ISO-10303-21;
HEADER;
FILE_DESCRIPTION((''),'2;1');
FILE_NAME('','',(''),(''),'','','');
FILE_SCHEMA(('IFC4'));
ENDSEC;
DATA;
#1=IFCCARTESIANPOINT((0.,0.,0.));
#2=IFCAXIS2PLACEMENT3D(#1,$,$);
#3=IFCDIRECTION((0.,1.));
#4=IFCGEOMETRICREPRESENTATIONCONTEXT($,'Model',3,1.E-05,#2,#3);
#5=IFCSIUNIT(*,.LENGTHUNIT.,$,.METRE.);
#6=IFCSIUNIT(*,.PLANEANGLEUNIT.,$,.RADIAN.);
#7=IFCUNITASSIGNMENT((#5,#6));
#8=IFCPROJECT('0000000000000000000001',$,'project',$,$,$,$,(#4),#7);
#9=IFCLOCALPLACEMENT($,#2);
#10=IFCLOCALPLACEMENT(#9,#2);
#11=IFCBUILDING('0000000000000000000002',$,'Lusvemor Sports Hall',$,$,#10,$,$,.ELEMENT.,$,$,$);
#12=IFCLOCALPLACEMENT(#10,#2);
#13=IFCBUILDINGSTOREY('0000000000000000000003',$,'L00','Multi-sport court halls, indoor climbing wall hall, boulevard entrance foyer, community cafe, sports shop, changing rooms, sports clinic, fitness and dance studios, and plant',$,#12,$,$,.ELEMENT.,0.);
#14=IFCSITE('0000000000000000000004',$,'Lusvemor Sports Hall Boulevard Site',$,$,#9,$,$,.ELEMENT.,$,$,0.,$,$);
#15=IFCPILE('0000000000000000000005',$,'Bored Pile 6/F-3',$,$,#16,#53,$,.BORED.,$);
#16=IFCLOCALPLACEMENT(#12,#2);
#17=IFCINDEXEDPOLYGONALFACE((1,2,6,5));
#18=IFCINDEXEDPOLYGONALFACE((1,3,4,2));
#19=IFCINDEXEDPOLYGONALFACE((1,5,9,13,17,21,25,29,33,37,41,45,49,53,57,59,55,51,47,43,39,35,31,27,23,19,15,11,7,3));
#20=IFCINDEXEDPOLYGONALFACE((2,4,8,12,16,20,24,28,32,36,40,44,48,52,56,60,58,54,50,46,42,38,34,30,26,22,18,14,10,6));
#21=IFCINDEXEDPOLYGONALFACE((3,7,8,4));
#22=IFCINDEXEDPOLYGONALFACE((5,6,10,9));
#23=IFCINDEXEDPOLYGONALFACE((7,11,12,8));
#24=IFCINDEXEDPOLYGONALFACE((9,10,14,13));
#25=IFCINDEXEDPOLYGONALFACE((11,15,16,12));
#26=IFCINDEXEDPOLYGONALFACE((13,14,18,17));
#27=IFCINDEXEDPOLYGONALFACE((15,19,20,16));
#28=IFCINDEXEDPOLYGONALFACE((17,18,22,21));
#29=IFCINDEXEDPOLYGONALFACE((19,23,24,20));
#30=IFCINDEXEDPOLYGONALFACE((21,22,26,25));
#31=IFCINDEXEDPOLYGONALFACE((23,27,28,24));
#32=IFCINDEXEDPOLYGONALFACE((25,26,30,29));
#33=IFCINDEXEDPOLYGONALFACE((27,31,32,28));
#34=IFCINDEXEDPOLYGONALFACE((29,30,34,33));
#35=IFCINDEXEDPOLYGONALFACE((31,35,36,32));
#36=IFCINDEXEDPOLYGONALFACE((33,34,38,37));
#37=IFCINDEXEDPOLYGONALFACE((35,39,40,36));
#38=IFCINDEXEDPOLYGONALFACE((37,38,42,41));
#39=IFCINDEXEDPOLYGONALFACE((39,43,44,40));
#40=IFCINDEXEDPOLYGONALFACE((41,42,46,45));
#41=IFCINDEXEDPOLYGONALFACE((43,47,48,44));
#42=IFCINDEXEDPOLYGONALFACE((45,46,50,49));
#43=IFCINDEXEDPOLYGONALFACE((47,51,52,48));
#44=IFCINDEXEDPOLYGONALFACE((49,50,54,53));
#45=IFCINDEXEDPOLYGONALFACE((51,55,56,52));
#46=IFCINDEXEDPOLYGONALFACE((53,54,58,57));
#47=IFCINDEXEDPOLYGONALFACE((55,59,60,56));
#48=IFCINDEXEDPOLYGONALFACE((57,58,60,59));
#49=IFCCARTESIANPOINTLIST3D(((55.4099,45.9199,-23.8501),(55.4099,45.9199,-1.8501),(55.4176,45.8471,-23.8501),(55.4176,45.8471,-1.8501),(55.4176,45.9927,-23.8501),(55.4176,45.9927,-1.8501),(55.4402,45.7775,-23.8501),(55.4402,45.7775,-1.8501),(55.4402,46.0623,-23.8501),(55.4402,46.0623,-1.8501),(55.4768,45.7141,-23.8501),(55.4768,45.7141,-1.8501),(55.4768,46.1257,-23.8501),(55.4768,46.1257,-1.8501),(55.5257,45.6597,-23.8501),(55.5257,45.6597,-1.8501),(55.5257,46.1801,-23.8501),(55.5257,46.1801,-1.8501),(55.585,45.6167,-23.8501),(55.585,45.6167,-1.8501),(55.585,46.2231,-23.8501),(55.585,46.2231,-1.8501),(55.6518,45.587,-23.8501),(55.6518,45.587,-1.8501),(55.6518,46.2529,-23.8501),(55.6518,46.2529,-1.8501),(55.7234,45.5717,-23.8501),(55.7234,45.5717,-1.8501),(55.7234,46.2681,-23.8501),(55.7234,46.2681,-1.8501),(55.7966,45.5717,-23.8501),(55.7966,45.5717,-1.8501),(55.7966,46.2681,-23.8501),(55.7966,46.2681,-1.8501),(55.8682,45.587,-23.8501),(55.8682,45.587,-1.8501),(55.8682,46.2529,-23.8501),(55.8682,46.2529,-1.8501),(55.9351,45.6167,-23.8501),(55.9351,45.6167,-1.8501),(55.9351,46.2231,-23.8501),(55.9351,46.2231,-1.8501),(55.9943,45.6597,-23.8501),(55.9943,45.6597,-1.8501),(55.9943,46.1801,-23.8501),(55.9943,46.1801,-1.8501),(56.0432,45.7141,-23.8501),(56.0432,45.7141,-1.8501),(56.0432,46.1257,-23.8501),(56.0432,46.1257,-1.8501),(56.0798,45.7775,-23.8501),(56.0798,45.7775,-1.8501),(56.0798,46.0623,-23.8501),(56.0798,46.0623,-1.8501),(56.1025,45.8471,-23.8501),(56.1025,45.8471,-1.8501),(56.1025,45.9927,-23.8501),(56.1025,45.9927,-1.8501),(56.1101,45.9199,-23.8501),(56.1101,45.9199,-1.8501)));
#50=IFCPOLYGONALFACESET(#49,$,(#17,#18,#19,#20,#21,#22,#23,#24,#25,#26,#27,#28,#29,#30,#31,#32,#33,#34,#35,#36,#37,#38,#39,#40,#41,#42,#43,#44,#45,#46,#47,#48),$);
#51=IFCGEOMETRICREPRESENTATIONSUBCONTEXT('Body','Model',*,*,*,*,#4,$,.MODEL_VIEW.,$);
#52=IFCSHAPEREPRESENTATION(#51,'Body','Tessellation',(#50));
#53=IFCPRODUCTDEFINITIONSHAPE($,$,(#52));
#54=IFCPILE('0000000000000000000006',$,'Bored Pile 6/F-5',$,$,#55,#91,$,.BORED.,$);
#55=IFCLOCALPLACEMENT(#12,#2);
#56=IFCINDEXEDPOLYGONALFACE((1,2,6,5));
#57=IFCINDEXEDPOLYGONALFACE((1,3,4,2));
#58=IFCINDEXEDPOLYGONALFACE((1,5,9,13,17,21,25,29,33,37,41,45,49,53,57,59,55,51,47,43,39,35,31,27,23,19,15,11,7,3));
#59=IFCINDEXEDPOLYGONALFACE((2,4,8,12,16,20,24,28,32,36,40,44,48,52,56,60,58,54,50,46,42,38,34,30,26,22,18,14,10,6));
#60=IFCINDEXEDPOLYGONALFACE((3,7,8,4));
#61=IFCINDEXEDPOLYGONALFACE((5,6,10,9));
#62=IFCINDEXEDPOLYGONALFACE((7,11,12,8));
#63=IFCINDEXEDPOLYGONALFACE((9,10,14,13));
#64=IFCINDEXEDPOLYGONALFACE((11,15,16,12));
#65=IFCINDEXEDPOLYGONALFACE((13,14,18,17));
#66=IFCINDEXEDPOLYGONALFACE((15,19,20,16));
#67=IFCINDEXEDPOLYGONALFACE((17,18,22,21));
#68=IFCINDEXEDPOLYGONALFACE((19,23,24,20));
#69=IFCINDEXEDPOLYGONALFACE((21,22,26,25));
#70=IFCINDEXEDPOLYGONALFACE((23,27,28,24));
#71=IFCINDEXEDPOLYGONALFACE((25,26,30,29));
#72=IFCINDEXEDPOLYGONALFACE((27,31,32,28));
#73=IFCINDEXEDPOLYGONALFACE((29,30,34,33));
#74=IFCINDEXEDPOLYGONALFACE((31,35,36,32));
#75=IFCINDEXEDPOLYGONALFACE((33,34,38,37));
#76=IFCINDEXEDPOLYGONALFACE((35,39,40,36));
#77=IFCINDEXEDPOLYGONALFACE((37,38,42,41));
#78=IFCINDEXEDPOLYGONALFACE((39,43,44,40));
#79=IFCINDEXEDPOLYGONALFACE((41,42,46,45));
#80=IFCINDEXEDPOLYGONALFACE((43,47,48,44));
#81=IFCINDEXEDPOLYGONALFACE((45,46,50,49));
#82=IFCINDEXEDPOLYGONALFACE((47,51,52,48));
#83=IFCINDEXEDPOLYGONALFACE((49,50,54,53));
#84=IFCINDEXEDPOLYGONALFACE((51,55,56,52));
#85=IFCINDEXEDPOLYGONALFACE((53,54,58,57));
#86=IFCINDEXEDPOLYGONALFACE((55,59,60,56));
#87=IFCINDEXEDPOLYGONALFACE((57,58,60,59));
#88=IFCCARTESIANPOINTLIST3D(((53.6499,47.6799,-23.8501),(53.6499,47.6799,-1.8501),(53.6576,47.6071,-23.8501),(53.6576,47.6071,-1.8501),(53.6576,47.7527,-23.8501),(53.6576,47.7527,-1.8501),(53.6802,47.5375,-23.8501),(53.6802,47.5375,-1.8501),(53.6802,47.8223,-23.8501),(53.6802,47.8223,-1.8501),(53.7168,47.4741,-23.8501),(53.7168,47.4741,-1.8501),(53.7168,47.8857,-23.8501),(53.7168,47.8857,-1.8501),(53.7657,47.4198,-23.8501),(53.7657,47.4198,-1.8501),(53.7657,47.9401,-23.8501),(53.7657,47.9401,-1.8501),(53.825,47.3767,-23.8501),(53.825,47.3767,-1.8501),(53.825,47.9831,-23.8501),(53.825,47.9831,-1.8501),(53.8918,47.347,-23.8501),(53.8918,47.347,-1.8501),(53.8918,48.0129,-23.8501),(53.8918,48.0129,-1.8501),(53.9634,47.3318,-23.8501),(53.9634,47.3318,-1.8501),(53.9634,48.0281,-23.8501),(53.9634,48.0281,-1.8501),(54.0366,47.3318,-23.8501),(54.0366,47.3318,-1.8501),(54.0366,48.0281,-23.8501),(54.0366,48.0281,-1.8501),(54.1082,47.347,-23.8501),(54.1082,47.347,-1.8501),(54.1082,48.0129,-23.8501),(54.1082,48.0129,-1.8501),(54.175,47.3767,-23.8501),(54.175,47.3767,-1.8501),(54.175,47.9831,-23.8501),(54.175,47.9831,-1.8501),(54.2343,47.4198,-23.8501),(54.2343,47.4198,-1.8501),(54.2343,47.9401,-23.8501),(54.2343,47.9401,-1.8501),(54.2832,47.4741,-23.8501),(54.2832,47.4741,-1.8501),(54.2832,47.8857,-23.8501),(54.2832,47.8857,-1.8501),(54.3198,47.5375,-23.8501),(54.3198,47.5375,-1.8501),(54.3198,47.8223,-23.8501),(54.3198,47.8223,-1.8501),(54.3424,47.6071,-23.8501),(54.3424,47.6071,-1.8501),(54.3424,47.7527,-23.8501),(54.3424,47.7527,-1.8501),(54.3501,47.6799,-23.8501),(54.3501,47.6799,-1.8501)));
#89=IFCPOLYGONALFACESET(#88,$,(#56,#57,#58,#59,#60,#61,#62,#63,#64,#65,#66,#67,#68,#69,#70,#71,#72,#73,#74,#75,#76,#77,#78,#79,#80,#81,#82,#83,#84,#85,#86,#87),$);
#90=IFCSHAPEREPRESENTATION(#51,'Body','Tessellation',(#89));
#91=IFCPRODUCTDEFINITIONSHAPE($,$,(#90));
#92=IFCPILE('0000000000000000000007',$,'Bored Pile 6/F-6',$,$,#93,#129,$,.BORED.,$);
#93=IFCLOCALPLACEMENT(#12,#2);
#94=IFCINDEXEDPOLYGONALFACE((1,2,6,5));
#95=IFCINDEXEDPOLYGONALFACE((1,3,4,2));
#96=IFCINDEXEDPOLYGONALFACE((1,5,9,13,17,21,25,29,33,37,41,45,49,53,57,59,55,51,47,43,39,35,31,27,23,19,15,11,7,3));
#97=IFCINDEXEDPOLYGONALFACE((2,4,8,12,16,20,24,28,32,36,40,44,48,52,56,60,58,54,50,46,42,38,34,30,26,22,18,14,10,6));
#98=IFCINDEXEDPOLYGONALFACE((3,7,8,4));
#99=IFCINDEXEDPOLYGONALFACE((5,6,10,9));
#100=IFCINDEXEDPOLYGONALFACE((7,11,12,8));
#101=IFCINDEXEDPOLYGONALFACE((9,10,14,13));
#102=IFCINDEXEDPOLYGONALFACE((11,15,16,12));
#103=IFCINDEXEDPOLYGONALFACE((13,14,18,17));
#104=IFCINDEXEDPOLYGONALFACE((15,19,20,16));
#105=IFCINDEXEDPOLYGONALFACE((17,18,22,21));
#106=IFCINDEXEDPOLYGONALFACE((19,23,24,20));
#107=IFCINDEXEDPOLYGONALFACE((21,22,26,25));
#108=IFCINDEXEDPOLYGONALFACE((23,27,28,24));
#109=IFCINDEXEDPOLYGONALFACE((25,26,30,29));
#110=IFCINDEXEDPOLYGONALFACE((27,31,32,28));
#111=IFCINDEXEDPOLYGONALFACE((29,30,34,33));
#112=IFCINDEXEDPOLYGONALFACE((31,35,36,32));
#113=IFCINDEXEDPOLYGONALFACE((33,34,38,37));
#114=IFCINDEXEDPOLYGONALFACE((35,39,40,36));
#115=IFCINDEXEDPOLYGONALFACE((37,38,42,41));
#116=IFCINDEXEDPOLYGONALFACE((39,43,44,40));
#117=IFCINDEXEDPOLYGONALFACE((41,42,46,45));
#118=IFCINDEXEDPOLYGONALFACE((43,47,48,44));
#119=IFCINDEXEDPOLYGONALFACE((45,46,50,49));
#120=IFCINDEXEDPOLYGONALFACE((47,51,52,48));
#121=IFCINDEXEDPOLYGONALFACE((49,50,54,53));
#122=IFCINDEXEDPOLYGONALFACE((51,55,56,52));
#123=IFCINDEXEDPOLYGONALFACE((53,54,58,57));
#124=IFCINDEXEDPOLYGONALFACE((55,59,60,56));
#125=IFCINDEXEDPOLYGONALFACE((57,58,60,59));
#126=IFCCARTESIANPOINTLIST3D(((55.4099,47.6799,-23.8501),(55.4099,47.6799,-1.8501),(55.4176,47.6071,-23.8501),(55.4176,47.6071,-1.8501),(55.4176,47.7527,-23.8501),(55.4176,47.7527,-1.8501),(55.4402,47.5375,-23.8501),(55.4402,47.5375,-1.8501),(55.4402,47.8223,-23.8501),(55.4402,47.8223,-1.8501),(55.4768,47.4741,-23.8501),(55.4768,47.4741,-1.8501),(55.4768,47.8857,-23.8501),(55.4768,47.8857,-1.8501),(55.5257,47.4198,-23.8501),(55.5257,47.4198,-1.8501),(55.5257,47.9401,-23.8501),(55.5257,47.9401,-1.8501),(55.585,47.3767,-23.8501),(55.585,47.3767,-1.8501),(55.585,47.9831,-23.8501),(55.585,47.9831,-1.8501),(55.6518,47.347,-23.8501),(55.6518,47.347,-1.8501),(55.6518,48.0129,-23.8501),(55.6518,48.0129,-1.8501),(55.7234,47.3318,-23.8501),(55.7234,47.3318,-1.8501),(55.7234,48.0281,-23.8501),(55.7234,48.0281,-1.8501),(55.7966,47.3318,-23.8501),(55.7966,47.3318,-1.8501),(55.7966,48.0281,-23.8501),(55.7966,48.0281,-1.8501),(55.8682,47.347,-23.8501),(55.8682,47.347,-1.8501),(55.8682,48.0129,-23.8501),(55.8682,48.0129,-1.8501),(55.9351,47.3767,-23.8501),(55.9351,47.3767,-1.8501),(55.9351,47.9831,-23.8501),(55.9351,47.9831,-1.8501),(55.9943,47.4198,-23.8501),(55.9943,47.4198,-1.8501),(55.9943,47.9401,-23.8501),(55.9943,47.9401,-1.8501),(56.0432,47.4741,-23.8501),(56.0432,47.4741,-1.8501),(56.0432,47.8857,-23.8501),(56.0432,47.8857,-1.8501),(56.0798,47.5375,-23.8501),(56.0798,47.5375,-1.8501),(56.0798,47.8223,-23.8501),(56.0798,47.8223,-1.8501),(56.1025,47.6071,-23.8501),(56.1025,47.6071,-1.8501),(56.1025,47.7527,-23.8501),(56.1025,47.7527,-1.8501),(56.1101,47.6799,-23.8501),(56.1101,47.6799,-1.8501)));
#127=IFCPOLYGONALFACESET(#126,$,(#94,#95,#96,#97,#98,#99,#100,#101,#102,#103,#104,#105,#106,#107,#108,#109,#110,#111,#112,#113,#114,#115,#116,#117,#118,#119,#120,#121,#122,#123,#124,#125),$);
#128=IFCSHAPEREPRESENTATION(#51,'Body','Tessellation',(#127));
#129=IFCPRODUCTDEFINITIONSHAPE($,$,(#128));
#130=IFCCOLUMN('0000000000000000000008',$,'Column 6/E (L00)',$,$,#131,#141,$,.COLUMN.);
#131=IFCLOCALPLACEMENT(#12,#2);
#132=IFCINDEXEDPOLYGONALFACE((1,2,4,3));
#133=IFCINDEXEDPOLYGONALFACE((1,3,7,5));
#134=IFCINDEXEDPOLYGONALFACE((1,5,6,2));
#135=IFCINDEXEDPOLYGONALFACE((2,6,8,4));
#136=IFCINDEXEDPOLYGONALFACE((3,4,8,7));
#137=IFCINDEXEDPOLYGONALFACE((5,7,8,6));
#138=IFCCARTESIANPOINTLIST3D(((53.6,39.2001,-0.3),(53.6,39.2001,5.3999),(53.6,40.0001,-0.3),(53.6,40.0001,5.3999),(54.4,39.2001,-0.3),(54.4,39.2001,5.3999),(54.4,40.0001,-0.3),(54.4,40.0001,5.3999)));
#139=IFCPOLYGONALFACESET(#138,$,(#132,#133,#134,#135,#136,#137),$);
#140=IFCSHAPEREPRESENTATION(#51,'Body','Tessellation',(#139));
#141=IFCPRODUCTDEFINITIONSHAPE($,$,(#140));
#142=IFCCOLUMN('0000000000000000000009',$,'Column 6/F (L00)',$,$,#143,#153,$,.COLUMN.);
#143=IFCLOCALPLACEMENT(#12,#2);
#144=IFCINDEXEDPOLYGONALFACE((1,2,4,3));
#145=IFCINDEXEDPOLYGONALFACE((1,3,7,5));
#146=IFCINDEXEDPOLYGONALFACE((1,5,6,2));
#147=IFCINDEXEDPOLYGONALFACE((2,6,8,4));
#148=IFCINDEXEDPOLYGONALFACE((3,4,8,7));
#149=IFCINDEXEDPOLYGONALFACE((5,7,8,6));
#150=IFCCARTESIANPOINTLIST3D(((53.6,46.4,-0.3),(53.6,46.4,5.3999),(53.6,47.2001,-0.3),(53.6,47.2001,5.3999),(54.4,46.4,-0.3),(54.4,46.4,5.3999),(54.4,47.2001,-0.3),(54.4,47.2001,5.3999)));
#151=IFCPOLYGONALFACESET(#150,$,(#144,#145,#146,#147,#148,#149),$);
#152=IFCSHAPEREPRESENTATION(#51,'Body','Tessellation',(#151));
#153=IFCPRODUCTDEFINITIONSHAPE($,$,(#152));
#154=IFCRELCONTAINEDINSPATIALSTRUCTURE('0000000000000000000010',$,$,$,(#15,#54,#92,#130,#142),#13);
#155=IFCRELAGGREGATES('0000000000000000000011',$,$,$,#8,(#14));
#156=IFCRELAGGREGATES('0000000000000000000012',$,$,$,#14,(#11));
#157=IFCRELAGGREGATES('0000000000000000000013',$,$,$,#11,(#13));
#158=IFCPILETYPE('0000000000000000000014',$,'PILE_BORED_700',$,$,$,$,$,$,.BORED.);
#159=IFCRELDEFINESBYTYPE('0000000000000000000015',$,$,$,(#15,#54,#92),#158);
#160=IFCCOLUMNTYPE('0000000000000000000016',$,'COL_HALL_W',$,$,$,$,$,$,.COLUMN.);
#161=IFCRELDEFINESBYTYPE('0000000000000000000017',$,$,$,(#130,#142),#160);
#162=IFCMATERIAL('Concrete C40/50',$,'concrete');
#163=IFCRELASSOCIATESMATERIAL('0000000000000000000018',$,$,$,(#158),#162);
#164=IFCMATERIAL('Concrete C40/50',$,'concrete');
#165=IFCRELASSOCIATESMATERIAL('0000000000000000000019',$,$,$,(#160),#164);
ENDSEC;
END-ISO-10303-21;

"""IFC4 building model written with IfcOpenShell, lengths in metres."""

from ifc_helpers import new_model, si_unit, direction, frame, origin, origin_2d, place, context, subcontext, project, spatial, rectangle, circle, extrude, material, material_profile, profile_set, type_object, element, save


model = new_model("IFC4")

# Units and contexts
model_context = context("Model", 3, precision=1e-05, world=origin(), true_north=direction((0.0, 1.0)))
body_context = subcontext(model_context, "Body", "Model", "MODEL_VIEW")
ifc_project = project(units=[si_unit("LENGTHUNIT", "METRE"), si_unit("PLANEANGLEUNIT", "RADIAN")], contexts=[model_context])

# Site, building, storey
site_placement = place(None, origin())
site = spatial("IfcSite", under=ifc_project, at=site_placement, Name="Lusvemor Sports Hall Boulevard Site", CompositionType="ELEMENT", RefElevation=0.0)
building_placement = place(site_placement, origin())
building = spatial("IfcBuilding", under=site, at=building_placement, Name="Lusvemor Sports Hall", CompositionType="ELEMENT")
storey_placement = place(building_placement, origin())
storey = spatial("IfcBuildingStorey", under=building, at=storey_placement, Name="L00", Description="Multi-sport court halls, indoor climbing wall hall, boulevard entrance foyer, community cafe, sports shop, changing rooms, sports clinic, fitness and dance studios, and plant", CompositionType="ELEMENT", Elevation=0.0)

# Piles
ifc_material_1 = material(Name="Concrete C40/50", Category="concrete")
ifc_material_profile_1 = material_profile(ifc_material_1, circle(Radius=0.3501, at=origin_2d()), Name="PILE700")
ifc_profile_set_1 = profile_set([ifc_material_profile_1], Name="Concrete C40/50")
pile_type = type_object("IfcPileType", Name="PILE_BORED_700", PredefinedType="BORED", material=ifc_profile_set_1)
for number, where, z_axis, x_axis, name in (
    (1, (55.76, 45.9199, -1.8501), (0.0, 0.0, -1.0), (1.0, 0.0, 0.0), "Bored Pile 6/F-3"),
    (2, (54.0, 47.6799, -1.8501), (0.0, 0.0, -1.0), (1.0, 0.0, 0.0), "Bored Pile 6/F-5"),
    (3, (55.76, 47.6799, -1.8501), (0.0, 0.0, -1.0), (1.0, 0.0, 0.0), "Bored Pile 6/F-6"),
):
    element("IfcPile", number, at=place(storey_placement, frame(where, z_axis=z_axis, x_axis=x_axis)), inside=storey, type_object=pile_type, Name=name, PredefinedType="BORED", context=body_context, shape_type="SweptSolid", body=[
        extrude(circle(Radius=0.3501, at=origin_2d()), origin(), (0.0, 0.0, 1.0), 22.0),
    ])

# Columns
ifc_material_2 = material(Name="Concrete C40/50", Category="concrete")
ifc_material_profile_2 = material_profile(ifc_material_2, rectangle(XDim=0.8, YDim=0.8, at=origin_2d()), Name="RC800x800")
ifc_profile_set_2 = profile_set([ifc_material_profile_2], Name="Concrete C40/50")
column_type = type_object("IfcColumnType", Name="COL_HALL_W", PredefinedType="COLUMN", material=ifc_profile_set_2)
for number, where, z_axis, x_axis, name in (
    (4, (54.0, 39.6001, -0.3), (0.0, 0.0, 1.0), (1.0, 0.0, 0.0), "Column 6/E (L00)"),
    (5, (54.0, 46.8, -0.3), (0.0, 0.0, 1.0), (1.0, 0.0, 0.0), "Column 6/F (L00)"),
):
    element("IfcColumn", number, at=place(storey_placement, frame(where, z_axis=z_axis, x_axis=x_axis)), inside=storey, type_object=column_type, Name=name, PredefinedType="COLUMN", context=body_context, shape_type="SweptSolid", body=[
        extrude(rectangle(XDim=0.8, YDim=0.8, at=origin_2d()), origin(), (0.0, 0.0, 1.0), 5.7),
    ])

save(model, "model.ifc")
